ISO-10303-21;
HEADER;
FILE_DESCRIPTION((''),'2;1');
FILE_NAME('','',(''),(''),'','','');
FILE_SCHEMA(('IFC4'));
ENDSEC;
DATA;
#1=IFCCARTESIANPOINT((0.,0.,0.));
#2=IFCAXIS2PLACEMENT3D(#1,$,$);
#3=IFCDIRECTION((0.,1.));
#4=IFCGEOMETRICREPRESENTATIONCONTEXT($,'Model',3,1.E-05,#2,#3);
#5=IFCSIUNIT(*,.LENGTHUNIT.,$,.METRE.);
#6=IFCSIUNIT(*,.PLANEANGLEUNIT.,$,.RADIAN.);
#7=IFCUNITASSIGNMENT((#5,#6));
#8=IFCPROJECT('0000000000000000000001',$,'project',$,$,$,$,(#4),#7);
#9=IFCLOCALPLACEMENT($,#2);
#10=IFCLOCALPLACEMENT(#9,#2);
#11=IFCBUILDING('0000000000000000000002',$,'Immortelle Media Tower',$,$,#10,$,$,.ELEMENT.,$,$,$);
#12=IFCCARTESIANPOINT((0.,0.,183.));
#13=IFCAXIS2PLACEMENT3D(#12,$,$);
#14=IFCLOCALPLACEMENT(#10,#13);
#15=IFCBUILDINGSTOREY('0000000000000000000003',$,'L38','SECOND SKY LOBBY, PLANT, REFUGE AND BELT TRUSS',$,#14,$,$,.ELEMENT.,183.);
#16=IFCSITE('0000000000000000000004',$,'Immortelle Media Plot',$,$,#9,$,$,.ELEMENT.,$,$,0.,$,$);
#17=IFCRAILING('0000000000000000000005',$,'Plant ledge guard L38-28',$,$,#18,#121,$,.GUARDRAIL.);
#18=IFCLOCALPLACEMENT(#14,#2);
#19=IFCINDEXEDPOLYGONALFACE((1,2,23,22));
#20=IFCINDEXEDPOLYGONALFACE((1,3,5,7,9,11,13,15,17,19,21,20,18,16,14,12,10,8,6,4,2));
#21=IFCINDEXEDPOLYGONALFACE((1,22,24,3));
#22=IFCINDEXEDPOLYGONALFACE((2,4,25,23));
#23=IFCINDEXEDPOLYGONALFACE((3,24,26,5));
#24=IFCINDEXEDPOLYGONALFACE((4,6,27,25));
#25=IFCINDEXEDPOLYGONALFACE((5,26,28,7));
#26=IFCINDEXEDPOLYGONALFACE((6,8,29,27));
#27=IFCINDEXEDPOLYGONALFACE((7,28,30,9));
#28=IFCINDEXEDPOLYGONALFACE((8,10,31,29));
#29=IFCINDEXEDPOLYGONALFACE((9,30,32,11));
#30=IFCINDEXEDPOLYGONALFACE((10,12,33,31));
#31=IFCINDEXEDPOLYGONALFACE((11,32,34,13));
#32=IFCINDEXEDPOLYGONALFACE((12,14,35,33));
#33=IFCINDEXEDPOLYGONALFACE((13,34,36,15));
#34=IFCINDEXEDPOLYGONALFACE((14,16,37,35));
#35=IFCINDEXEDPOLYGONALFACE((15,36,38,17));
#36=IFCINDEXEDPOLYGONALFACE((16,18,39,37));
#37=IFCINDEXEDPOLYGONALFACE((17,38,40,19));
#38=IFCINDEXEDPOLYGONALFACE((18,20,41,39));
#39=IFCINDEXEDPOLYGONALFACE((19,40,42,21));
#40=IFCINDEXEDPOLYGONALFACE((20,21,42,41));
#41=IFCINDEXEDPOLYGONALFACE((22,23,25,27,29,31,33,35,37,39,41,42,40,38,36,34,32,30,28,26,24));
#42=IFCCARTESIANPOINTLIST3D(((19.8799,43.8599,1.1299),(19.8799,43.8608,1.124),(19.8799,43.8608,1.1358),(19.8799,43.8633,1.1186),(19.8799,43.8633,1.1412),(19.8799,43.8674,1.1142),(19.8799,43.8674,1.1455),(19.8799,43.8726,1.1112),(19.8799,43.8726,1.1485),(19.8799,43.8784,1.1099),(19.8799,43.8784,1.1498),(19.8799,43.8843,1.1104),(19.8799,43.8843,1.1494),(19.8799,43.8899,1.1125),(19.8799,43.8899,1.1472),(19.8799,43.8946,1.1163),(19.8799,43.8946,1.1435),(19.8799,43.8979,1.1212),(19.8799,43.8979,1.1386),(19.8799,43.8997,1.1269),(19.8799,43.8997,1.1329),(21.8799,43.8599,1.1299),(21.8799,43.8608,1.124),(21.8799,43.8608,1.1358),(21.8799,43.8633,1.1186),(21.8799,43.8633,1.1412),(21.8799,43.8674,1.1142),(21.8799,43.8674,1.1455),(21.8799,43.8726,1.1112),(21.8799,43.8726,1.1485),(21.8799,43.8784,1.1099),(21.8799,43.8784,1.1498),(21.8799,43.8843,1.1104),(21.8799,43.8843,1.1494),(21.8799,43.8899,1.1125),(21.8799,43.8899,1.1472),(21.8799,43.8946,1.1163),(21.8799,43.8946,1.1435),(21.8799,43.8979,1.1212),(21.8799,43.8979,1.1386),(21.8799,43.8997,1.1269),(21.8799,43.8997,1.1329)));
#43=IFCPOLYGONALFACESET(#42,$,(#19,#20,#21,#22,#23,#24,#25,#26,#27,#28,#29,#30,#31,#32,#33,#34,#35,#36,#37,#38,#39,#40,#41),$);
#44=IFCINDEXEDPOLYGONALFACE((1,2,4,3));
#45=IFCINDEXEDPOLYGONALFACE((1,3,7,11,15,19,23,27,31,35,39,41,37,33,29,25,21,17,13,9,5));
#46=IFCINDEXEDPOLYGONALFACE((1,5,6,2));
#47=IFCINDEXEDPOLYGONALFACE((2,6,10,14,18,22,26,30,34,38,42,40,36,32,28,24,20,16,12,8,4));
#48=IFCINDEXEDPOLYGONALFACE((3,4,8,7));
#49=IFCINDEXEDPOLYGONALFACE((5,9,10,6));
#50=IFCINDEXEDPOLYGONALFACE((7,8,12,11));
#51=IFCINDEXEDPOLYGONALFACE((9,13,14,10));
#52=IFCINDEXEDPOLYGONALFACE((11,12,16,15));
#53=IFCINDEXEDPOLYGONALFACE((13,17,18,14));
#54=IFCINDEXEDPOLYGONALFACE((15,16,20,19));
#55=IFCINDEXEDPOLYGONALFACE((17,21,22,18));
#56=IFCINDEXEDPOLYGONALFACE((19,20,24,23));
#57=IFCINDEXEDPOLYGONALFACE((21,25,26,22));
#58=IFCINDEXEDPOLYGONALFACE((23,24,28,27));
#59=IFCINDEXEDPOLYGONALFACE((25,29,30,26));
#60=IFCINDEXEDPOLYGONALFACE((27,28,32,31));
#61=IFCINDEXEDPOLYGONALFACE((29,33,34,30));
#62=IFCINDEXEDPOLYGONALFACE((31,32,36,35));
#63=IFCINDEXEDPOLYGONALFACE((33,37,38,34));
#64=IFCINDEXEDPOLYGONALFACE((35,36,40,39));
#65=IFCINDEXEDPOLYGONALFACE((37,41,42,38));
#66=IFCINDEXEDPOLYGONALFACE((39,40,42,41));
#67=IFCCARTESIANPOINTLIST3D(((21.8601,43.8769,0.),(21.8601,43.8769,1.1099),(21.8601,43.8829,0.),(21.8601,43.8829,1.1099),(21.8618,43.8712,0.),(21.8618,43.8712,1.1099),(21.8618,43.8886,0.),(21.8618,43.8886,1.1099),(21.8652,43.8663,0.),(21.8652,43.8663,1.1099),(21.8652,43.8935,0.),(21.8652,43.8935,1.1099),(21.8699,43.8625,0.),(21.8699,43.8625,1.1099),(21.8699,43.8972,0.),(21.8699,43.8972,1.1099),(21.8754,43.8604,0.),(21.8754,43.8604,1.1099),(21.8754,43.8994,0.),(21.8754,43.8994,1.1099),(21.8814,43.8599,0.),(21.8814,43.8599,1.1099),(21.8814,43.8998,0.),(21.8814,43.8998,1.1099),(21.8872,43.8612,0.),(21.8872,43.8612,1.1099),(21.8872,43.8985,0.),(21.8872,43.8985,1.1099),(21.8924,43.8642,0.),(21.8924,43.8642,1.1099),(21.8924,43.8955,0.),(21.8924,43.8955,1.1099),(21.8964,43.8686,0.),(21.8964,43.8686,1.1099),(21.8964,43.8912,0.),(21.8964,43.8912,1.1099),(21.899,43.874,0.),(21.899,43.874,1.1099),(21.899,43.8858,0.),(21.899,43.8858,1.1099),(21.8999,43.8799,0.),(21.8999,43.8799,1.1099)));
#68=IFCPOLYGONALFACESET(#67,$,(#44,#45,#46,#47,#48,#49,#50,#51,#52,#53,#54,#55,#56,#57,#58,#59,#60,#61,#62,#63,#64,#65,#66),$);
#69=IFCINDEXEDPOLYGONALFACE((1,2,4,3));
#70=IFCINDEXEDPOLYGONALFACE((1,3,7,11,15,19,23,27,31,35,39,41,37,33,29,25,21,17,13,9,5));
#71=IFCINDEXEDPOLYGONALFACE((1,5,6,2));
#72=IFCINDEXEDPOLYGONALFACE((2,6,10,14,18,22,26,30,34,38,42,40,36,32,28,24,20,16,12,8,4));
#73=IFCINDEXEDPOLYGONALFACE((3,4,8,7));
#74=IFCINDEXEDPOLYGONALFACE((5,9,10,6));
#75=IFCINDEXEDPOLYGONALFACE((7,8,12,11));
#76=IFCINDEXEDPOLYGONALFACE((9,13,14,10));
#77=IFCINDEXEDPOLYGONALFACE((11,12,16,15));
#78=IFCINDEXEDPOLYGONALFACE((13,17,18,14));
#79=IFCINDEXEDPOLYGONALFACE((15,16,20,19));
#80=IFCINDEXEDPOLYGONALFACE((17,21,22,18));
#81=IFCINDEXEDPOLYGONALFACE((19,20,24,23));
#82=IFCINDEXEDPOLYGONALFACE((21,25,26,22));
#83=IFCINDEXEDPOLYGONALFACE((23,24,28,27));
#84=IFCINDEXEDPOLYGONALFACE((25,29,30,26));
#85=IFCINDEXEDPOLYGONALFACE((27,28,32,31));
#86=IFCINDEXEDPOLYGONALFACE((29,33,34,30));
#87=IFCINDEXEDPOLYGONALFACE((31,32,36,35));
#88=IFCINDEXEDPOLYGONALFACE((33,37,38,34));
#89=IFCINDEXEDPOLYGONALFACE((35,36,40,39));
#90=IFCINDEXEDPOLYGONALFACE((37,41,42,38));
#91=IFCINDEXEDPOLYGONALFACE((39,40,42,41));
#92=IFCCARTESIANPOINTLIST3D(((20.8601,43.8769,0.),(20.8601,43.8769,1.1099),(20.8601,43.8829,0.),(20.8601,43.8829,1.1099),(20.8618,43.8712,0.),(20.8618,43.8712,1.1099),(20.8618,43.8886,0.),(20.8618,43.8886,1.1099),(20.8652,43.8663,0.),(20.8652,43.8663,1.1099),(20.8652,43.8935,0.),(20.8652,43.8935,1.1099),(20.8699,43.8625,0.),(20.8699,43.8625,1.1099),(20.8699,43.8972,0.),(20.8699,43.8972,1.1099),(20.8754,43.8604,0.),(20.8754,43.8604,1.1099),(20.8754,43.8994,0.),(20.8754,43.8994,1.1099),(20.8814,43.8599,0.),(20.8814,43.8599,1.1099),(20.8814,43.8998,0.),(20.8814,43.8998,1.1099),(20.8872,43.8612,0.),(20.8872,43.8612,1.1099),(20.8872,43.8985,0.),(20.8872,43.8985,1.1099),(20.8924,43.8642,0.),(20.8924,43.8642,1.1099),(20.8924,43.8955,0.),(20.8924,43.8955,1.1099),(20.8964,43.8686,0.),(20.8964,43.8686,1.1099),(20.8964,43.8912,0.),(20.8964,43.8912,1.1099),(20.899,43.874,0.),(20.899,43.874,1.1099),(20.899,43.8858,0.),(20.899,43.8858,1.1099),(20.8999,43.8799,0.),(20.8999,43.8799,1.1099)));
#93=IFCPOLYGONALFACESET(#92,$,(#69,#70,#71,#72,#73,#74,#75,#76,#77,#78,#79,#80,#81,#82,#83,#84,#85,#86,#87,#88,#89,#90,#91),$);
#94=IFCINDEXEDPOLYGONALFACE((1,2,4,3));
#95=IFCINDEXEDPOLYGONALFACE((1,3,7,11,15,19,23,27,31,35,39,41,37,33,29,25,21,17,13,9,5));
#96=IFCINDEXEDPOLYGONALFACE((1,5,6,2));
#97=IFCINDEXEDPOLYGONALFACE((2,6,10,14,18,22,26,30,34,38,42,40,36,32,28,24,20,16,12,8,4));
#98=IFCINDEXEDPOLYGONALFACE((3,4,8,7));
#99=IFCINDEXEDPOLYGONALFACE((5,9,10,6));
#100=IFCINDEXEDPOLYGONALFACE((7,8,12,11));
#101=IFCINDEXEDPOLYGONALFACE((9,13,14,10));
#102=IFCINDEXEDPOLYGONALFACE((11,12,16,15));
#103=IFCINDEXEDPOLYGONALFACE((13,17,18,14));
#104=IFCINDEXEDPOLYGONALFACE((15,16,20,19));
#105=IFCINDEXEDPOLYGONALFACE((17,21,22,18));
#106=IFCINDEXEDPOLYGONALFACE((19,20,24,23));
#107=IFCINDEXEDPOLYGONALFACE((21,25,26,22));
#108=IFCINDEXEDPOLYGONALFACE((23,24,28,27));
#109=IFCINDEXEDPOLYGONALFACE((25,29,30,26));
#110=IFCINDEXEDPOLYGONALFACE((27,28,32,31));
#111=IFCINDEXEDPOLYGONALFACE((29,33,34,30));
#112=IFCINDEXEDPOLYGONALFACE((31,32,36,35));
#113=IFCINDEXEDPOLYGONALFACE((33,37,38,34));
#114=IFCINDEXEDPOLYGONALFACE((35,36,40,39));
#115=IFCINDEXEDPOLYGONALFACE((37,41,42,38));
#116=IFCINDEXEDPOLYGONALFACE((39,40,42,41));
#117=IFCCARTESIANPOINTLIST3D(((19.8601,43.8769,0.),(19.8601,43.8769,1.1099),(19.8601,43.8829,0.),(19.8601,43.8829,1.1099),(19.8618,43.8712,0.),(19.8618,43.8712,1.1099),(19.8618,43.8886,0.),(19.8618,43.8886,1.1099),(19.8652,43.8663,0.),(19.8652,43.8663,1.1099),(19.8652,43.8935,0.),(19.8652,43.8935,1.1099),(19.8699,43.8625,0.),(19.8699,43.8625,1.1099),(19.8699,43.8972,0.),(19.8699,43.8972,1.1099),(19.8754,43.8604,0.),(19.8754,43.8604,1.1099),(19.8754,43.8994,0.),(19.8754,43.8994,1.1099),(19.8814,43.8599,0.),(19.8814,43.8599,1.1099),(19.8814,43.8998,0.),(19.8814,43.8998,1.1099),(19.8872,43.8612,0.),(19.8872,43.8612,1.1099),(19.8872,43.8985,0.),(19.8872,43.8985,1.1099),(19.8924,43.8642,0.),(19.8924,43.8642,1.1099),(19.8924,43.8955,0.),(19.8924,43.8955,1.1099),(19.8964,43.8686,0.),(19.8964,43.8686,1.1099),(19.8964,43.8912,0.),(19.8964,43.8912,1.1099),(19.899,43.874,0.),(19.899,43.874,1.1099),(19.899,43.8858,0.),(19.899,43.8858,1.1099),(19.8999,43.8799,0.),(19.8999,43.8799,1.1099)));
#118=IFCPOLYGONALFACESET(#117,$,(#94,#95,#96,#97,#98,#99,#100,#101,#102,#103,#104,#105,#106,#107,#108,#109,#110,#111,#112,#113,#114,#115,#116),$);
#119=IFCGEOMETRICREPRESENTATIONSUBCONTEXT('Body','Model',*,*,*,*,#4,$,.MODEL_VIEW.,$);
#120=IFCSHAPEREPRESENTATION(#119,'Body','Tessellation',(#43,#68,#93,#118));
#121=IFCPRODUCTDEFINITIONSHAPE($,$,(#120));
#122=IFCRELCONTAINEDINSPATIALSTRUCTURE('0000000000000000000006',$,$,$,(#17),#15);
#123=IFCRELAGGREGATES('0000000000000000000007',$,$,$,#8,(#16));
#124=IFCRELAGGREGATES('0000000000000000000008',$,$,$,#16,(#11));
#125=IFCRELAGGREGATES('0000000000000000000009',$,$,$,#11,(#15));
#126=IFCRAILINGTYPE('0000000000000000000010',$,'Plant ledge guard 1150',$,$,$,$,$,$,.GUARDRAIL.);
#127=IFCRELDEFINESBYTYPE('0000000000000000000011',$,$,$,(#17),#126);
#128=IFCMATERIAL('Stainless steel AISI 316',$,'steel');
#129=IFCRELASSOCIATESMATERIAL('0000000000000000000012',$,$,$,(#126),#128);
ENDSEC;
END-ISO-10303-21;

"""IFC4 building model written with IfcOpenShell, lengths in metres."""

from ifc_helpers import new_model, si_unit, direction, frame, origin, origin_2d, place, context, subcontext, project, spatial, circle, extrude, material, type_object, element, save


model = new_model("IFC4")

# Units and contexts
model_context = context("Model", 3, precision=1e-05, world=origin(), true_north=direction((0.0, 1.0)))
body_context = subcontext(model_context, "Body", "Model", "MODEL_VIEW")
ifc_project = project(units=[si_unit("LENGTHUNIT", "METRE"), si_unit("PLANEANGLEUNIT", "RADIAN")], contexts=[model_context])

# Site, building, storey
site_placement = place(None, origin())
site = spatial("IfcSite", under=ifc_project, at=site_placement, Name="Immortelle Media Plot", CompositionType="ELEMENT", RefElevation=0.0)
building_placement = place(site_placement, origin())
building = spatial("IfcBuilding", under=site, at=building_placement, Name="Immortelle Media Tower", CompositionType="ELEMENT")
storey_placement = place(building_placement, frame((0.0, 0.0, 183.0)))
storey = spatial("IfcBuildingStorey", under=building, at=storey_placement, Name="L38", Description="SECOND SKY LOBBY, PLANT, REFUGE AND BELT TRUSS", CompositionType="ELEMENT", Elevation=183.0)

# Railing
ifc_material_1 = material(Name="Stainless steel AISI 316", Category="steel")
railing_type = type_object("IfcRailingType", Name="Plant ledge guard 1150", PredefinedType="GUARDRAIL", material=ifc_material_1)
railing_1_placement = place(storey_placement, frame((21.8799, 43.8799, 0.0)))
element("IfcRailing", 1, at=railing_1_placement, inside=storey, type_object=railing_type, Name="Plant ledge guard L38-28", PredefinedType="GUARDRAIL", context=body_context, shape_type="SweptSolid", body=[
    extrude(circle(Radius=0.02, at=origin_2d()), frame((0.0, 0.0, 1.1299), z_axis=(-1.0, 0.0, 0.0), x_axis=(0.0, -1.0, 0.0)), (0.0, 0.0, 1.0), 2.0),
    extrude(circle(Radius=0.02, at=origin_2d()), origin(), (0.0, 0.0, 1.0), 1.1099),
    extrude(circle(Radius=0.02, at=origin_2d()), frame((-1.0, 0.0, 0.0)), (0.0, 0.0, 1.0), 1.1099),
    extrude(circle(Radius=0.02, at=origin_2d()), frame((-2.0, 0.0, 0.0)), (0.0, 0.0, 1.0), 1.1099),
])

save(model, "model.ifc")
